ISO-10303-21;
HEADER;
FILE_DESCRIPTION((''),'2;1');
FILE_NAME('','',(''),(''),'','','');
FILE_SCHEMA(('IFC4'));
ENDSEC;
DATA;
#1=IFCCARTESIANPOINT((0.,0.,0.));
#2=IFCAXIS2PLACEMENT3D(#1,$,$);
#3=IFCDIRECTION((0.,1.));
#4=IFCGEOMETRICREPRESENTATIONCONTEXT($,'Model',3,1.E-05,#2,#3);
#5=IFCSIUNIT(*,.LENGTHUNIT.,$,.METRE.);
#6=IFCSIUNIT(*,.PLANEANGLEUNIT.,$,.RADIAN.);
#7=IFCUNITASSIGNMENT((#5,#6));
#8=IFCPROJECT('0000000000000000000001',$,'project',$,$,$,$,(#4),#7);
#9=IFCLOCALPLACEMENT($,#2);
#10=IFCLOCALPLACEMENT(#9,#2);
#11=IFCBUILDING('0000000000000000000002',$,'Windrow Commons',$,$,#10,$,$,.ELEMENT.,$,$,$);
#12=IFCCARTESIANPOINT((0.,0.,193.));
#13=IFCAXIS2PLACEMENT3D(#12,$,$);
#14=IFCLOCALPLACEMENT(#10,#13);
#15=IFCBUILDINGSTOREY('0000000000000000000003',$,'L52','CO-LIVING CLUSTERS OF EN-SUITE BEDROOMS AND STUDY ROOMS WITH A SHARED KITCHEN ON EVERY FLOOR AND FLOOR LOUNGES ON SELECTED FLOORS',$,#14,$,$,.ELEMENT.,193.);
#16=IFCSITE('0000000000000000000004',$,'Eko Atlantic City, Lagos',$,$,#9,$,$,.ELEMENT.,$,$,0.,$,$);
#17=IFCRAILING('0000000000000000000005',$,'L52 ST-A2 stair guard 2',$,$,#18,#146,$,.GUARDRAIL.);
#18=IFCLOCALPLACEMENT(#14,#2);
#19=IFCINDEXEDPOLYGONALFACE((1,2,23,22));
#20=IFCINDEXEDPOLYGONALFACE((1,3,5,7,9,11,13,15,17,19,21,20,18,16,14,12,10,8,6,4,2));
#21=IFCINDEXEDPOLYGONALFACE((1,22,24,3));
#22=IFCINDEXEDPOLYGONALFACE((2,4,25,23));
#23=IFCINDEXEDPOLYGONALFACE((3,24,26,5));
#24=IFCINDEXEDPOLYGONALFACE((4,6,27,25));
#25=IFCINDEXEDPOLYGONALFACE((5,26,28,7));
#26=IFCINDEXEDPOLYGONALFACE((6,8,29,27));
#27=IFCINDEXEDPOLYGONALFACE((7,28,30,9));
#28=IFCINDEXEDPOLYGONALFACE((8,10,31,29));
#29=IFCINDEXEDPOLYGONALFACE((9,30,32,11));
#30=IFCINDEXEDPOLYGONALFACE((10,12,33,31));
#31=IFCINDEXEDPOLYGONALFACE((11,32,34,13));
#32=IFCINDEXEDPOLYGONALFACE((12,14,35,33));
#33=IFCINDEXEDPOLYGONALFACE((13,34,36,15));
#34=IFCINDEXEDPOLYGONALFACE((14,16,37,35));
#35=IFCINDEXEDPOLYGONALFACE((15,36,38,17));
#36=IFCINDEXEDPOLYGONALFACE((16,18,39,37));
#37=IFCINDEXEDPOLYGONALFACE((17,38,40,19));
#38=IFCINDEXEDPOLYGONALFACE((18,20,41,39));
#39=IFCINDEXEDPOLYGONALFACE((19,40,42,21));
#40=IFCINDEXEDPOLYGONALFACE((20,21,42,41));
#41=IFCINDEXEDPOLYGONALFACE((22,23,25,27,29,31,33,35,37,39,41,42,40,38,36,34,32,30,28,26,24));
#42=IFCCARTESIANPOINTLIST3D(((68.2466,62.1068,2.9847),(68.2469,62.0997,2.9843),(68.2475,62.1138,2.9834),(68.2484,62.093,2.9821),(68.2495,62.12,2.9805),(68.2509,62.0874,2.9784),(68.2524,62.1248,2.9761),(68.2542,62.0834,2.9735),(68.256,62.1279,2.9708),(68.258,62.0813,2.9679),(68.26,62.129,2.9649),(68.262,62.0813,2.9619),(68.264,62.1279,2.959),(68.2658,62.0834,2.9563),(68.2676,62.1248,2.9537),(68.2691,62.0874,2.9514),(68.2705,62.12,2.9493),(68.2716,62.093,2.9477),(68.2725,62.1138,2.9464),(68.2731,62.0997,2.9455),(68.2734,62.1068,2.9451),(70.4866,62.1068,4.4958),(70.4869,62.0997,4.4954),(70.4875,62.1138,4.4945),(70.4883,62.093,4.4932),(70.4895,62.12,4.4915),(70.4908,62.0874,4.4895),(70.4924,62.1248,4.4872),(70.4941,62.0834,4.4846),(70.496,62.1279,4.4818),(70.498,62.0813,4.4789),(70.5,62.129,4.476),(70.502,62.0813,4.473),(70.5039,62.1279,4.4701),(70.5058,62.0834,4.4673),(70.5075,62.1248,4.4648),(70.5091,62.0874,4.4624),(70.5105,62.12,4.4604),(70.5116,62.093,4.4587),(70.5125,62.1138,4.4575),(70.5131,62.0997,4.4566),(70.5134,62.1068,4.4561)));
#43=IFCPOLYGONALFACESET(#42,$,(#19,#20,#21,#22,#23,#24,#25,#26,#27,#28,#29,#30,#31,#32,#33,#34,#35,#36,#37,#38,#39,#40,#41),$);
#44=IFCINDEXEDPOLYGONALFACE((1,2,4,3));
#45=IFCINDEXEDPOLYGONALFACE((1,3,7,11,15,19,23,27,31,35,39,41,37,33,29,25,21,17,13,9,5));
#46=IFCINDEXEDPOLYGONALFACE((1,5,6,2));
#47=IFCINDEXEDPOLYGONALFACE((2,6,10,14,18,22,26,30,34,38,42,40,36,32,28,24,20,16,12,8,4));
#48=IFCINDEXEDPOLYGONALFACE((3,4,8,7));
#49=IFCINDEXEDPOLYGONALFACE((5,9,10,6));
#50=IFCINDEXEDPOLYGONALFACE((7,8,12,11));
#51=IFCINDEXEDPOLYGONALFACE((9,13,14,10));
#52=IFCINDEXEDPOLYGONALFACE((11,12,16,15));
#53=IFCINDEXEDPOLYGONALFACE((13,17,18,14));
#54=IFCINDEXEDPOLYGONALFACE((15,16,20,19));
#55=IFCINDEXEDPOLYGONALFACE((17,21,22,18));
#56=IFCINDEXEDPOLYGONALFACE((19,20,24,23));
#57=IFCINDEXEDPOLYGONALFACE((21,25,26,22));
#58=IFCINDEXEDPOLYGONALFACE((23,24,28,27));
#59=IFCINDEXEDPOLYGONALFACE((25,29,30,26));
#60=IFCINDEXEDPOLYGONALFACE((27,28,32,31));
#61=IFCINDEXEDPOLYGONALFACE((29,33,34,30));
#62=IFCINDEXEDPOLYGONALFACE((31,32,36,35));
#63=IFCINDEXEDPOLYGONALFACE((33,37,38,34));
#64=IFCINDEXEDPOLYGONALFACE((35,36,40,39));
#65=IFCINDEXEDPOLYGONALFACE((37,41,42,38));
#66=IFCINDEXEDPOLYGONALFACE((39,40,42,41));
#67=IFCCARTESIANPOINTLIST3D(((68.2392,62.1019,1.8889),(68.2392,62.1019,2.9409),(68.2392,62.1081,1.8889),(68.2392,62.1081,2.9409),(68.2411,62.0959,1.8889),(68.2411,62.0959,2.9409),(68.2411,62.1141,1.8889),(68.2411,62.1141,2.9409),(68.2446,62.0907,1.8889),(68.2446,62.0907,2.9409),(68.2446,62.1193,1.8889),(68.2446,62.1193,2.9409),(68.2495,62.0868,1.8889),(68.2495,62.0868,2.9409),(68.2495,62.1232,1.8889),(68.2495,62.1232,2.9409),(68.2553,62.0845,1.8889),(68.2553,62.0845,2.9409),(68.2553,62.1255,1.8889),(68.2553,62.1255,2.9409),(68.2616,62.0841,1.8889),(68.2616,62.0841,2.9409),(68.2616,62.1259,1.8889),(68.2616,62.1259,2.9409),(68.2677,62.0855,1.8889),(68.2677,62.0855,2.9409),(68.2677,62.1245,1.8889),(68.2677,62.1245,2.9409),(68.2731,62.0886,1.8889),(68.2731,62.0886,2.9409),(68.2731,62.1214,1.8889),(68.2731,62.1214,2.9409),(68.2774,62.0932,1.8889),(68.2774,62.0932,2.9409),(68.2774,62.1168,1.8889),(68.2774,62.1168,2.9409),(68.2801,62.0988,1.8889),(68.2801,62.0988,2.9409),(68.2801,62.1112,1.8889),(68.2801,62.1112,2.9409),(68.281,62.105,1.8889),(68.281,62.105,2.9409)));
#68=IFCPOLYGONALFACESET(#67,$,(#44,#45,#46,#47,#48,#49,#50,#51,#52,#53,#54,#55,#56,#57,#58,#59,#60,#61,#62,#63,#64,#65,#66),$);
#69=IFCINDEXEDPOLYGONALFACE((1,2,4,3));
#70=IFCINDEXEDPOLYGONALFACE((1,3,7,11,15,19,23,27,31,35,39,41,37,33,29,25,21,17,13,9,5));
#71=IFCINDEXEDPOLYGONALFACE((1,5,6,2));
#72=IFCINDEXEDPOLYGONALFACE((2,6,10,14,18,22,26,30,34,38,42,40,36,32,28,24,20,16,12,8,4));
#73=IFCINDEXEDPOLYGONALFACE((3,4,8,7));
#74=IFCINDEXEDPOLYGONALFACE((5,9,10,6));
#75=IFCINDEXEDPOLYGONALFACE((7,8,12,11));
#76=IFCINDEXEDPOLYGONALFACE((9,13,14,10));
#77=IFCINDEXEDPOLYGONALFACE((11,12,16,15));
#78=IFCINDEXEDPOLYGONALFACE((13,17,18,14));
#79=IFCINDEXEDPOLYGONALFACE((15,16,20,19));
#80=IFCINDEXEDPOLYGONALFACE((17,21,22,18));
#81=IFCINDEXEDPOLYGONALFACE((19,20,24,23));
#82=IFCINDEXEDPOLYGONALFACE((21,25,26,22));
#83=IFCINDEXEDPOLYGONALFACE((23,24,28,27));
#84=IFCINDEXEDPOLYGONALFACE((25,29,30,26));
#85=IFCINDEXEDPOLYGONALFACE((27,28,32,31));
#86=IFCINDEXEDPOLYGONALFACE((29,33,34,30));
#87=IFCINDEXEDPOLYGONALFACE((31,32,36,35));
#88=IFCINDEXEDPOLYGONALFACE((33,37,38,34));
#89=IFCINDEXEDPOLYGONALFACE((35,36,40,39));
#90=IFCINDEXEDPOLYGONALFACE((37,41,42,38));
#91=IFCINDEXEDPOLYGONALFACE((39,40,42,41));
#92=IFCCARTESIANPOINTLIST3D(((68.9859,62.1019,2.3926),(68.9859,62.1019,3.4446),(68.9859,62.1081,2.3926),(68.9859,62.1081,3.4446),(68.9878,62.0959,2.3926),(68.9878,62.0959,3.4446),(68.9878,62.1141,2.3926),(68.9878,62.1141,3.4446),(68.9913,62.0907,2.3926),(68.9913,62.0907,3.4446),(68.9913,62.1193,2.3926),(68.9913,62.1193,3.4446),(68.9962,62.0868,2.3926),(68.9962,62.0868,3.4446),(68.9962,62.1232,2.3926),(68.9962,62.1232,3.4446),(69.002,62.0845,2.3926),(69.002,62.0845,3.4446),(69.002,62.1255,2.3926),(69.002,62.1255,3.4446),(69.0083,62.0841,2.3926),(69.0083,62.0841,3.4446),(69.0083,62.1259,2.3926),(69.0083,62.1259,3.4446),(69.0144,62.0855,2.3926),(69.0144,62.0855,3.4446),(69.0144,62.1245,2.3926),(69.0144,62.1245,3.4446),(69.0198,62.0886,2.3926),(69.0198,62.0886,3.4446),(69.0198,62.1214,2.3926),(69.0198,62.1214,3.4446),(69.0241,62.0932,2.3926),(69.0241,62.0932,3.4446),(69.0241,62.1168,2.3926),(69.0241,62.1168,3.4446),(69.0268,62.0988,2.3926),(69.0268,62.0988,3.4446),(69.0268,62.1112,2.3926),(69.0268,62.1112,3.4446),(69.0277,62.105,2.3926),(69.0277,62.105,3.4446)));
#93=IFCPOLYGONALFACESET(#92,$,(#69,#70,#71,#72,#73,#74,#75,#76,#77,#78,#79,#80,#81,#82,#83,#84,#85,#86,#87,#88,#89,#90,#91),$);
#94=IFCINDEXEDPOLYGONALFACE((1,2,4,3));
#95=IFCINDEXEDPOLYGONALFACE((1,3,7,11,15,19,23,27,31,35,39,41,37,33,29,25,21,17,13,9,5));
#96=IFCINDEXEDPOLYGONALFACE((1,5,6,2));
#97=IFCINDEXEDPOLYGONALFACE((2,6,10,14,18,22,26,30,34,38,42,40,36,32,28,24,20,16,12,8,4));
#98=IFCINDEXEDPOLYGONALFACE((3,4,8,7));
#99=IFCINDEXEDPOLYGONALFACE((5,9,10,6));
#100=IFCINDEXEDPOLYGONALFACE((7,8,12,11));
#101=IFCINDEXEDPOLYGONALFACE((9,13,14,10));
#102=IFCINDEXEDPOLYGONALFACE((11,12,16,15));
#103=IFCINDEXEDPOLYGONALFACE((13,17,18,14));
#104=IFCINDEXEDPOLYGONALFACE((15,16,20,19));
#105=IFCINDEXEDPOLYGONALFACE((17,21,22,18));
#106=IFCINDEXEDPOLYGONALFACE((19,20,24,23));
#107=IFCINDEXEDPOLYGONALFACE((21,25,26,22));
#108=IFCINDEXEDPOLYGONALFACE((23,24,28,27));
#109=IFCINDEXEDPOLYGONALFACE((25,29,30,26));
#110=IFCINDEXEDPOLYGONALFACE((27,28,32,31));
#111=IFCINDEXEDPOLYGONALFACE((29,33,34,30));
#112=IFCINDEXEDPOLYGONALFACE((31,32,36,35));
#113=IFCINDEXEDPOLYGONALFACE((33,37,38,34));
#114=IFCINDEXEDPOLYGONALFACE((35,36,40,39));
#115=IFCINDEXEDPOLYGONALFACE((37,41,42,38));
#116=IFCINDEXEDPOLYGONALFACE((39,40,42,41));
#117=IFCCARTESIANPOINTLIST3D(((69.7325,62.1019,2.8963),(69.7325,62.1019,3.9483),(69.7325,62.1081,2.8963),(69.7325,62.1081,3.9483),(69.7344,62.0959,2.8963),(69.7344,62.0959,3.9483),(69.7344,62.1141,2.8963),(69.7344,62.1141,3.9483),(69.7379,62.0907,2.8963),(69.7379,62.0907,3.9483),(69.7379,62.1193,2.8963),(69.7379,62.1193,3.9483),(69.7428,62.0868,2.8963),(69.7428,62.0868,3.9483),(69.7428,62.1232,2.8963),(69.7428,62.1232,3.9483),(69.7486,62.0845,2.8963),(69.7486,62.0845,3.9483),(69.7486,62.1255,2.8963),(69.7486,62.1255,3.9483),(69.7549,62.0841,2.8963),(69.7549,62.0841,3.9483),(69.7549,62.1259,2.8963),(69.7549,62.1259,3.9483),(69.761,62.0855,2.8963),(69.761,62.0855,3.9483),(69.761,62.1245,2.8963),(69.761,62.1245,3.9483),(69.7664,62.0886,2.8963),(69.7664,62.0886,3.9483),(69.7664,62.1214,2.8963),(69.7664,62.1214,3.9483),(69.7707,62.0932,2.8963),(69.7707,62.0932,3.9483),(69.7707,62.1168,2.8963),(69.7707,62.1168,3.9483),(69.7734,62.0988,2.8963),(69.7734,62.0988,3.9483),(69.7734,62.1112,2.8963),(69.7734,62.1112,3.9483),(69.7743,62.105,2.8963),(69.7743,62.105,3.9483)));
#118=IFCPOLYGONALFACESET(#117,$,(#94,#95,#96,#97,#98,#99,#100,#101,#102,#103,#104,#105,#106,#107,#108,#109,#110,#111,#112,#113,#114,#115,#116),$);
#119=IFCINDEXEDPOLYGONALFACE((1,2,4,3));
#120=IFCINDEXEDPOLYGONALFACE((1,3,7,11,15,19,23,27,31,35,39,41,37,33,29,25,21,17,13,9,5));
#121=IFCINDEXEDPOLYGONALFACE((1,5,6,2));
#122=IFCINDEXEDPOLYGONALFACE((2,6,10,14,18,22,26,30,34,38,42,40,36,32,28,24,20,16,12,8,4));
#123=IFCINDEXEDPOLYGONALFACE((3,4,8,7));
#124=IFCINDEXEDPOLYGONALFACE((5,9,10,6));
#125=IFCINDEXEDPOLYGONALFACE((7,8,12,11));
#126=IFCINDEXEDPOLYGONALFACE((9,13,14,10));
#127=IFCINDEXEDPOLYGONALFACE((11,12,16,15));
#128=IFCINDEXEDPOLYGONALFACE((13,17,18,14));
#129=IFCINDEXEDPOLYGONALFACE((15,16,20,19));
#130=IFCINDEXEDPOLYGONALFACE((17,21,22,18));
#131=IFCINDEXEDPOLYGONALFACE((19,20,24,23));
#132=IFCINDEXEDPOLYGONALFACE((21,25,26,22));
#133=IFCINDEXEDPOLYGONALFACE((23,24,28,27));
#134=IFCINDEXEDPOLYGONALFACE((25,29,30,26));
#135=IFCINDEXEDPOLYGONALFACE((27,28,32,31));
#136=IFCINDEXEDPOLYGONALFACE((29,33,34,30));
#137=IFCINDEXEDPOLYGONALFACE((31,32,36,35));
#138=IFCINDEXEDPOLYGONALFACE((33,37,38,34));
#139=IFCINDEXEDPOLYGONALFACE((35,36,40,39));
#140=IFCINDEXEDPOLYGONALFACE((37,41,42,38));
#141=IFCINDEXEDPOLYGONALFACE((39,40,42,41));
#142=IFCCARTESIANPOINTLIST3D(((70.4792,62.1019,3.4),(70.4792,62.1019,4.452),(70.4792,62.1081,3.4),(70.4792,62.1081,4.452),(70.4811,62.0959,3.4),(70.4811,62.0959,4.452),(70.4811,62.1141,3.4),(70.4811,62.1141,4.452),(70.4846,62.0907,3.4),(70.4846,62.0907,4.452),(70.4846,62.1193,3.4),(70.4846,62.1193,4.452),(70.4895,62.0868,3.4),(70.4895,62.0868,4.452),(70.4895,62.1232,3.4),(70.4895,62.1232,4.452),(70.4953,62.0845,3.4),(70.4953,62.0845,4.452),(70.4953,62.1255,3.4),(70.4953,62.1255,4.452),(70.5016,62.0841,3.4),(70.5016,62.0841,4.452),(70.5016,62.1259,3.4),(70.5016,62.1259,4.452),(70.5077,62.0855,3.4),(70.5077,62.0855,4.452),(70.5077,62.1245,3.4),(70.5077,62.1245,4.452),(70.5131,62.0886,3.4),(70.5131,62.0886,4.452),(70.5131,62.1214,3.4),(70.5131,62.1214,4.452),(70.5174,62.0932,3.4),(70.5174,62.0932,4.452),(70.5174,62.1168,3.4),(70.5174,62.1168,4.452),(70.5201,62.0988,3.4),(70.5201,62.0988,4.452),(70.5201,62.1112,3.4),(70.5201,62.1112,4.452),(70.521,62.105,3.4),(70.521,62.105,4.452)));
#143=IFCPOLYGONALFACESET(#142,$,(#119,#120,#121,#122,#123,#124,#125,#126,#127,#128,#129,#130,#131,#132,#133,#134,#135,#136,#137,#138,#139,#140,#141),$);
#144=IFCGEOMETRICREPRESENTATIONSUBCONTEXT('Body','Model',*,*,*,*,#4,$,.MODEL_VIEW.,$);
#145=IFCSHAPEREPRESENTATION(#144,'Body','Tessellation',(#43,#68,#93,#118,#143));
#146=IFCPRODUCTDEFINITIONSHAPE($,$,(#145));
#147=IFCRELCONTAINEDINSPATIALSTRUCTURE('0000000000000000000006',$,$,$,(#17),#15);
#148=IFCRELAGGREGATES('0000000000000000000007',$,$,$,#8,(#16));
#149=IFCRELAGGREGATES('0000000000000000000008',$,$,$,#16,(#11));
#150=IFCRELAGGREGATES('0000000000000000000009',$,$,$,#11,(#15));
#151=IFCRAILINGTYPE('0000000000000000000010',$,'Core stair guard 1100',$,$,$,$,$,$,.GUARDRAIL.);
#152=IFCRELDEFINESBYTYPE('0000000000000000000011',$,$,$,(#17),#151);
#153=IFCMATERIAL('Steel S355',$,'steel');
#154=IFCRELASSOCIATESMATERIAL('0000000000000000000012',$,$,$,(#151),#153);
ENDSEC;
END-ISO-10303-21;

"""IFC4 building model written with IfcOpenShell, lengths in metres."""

from ifc_helpers import new_model, si_unit, direction, frame, origin, origin_2d, place, context, subcontext, project, spatial, circle, extrude, material, type_object, element, save


model = new_model("IFC4")

# Units and contexts
model_context = context("Model", 3, precision=1e-05, world=origin(), true_north=direction((0.0, 1.0)))
body_context = subcontext(model_context, "Body", "Model", "MODEL_VIEW")
ifc_project = project(units=[si_unit("LENGTHUNIT", "METRE"), si_unit("PLANEANGLEUNIT", "RADIAN")], contexts=[model_context])

# Site, building, storey
site_placement = place(None, origin())
site = spatial("IfcSite", under=ifc_project, at=site_placement, Name="Eko Atlantic City, Lagos", CompositionType="ELEMENT", RefElevation=0.0)
building_placement = place(site_placement, origin())
building = spatial("IfcBuilding", under=site, at=building_placement, Name="Windrow Commons", CompositionType="ELEMENT")
storey_placement = place(building_placement, frame((0.0, 0.0, 193.0)))
storey = spatial("IfcBuildingStorey", under=building, at=storey_placement, Name="L52", Description="CO-LIVING CLUSTERS OF EN-SUITE BEDROOMS AND STUDY ROOMS WITH A SHARED KITCHEN ON EVERY FLOOR AND FLOOR LOUNGES ON SELECTED FLOORS", CompositionType="ELEMENT", Elevation=193.0)

# Railing
ifc_material_1 = material(Name="Steel S355", Category="steel")
railing_type_1 = type_object("IfcRailingType", Name="Core stair guard 1100", PredefinedType="GUARDRAIL", material=ifc_material_1)
railing_1_placement = place(storey_placement, frame((68.26, 62.105, 1.8889)))
element("IfcRailing", 1, at=railing_1_placement, inside=storey, type_object=railing_type_1, Name="L52 ST-A2 stair guard 2", PredefinedType="GUARDRAIL", context=body_context, shape_type="SweptSolid", body=[
    extrude(circle(Radius=0.024, at=origin_2d()), frame((0.0, 0.0, 1.076), z_axis=(0.829003, 0.0, 0.559244), x_axis=(0.0, 1.0, 0.0)), (0.0, 0.0, 1.0), 2.702),
    extrude(circle(Radius=0.021, at=origin_2d()), origin(), (0.0, 0.0, 1.0), 1.052),
    extrude(circle(Radius=0.021, at=origin_2d()), frame((0.7467, 0.0, 0.5037)), (0.0, 0.0, 1.0), 1.052),
    extrude(circle(Radius=0.021, at=origin_2d()), frame((1.4933, 0.0, 1.0074)), (0.0, 0.0, 1.0), 1.052),
    extrude(circle(Radius=0.021, at=origin_2d()), frame((2.24, 0.0, 1.5111)), (0.0, 0.0, 1.0), 1.052),
])

save(model, "model.ifc")
